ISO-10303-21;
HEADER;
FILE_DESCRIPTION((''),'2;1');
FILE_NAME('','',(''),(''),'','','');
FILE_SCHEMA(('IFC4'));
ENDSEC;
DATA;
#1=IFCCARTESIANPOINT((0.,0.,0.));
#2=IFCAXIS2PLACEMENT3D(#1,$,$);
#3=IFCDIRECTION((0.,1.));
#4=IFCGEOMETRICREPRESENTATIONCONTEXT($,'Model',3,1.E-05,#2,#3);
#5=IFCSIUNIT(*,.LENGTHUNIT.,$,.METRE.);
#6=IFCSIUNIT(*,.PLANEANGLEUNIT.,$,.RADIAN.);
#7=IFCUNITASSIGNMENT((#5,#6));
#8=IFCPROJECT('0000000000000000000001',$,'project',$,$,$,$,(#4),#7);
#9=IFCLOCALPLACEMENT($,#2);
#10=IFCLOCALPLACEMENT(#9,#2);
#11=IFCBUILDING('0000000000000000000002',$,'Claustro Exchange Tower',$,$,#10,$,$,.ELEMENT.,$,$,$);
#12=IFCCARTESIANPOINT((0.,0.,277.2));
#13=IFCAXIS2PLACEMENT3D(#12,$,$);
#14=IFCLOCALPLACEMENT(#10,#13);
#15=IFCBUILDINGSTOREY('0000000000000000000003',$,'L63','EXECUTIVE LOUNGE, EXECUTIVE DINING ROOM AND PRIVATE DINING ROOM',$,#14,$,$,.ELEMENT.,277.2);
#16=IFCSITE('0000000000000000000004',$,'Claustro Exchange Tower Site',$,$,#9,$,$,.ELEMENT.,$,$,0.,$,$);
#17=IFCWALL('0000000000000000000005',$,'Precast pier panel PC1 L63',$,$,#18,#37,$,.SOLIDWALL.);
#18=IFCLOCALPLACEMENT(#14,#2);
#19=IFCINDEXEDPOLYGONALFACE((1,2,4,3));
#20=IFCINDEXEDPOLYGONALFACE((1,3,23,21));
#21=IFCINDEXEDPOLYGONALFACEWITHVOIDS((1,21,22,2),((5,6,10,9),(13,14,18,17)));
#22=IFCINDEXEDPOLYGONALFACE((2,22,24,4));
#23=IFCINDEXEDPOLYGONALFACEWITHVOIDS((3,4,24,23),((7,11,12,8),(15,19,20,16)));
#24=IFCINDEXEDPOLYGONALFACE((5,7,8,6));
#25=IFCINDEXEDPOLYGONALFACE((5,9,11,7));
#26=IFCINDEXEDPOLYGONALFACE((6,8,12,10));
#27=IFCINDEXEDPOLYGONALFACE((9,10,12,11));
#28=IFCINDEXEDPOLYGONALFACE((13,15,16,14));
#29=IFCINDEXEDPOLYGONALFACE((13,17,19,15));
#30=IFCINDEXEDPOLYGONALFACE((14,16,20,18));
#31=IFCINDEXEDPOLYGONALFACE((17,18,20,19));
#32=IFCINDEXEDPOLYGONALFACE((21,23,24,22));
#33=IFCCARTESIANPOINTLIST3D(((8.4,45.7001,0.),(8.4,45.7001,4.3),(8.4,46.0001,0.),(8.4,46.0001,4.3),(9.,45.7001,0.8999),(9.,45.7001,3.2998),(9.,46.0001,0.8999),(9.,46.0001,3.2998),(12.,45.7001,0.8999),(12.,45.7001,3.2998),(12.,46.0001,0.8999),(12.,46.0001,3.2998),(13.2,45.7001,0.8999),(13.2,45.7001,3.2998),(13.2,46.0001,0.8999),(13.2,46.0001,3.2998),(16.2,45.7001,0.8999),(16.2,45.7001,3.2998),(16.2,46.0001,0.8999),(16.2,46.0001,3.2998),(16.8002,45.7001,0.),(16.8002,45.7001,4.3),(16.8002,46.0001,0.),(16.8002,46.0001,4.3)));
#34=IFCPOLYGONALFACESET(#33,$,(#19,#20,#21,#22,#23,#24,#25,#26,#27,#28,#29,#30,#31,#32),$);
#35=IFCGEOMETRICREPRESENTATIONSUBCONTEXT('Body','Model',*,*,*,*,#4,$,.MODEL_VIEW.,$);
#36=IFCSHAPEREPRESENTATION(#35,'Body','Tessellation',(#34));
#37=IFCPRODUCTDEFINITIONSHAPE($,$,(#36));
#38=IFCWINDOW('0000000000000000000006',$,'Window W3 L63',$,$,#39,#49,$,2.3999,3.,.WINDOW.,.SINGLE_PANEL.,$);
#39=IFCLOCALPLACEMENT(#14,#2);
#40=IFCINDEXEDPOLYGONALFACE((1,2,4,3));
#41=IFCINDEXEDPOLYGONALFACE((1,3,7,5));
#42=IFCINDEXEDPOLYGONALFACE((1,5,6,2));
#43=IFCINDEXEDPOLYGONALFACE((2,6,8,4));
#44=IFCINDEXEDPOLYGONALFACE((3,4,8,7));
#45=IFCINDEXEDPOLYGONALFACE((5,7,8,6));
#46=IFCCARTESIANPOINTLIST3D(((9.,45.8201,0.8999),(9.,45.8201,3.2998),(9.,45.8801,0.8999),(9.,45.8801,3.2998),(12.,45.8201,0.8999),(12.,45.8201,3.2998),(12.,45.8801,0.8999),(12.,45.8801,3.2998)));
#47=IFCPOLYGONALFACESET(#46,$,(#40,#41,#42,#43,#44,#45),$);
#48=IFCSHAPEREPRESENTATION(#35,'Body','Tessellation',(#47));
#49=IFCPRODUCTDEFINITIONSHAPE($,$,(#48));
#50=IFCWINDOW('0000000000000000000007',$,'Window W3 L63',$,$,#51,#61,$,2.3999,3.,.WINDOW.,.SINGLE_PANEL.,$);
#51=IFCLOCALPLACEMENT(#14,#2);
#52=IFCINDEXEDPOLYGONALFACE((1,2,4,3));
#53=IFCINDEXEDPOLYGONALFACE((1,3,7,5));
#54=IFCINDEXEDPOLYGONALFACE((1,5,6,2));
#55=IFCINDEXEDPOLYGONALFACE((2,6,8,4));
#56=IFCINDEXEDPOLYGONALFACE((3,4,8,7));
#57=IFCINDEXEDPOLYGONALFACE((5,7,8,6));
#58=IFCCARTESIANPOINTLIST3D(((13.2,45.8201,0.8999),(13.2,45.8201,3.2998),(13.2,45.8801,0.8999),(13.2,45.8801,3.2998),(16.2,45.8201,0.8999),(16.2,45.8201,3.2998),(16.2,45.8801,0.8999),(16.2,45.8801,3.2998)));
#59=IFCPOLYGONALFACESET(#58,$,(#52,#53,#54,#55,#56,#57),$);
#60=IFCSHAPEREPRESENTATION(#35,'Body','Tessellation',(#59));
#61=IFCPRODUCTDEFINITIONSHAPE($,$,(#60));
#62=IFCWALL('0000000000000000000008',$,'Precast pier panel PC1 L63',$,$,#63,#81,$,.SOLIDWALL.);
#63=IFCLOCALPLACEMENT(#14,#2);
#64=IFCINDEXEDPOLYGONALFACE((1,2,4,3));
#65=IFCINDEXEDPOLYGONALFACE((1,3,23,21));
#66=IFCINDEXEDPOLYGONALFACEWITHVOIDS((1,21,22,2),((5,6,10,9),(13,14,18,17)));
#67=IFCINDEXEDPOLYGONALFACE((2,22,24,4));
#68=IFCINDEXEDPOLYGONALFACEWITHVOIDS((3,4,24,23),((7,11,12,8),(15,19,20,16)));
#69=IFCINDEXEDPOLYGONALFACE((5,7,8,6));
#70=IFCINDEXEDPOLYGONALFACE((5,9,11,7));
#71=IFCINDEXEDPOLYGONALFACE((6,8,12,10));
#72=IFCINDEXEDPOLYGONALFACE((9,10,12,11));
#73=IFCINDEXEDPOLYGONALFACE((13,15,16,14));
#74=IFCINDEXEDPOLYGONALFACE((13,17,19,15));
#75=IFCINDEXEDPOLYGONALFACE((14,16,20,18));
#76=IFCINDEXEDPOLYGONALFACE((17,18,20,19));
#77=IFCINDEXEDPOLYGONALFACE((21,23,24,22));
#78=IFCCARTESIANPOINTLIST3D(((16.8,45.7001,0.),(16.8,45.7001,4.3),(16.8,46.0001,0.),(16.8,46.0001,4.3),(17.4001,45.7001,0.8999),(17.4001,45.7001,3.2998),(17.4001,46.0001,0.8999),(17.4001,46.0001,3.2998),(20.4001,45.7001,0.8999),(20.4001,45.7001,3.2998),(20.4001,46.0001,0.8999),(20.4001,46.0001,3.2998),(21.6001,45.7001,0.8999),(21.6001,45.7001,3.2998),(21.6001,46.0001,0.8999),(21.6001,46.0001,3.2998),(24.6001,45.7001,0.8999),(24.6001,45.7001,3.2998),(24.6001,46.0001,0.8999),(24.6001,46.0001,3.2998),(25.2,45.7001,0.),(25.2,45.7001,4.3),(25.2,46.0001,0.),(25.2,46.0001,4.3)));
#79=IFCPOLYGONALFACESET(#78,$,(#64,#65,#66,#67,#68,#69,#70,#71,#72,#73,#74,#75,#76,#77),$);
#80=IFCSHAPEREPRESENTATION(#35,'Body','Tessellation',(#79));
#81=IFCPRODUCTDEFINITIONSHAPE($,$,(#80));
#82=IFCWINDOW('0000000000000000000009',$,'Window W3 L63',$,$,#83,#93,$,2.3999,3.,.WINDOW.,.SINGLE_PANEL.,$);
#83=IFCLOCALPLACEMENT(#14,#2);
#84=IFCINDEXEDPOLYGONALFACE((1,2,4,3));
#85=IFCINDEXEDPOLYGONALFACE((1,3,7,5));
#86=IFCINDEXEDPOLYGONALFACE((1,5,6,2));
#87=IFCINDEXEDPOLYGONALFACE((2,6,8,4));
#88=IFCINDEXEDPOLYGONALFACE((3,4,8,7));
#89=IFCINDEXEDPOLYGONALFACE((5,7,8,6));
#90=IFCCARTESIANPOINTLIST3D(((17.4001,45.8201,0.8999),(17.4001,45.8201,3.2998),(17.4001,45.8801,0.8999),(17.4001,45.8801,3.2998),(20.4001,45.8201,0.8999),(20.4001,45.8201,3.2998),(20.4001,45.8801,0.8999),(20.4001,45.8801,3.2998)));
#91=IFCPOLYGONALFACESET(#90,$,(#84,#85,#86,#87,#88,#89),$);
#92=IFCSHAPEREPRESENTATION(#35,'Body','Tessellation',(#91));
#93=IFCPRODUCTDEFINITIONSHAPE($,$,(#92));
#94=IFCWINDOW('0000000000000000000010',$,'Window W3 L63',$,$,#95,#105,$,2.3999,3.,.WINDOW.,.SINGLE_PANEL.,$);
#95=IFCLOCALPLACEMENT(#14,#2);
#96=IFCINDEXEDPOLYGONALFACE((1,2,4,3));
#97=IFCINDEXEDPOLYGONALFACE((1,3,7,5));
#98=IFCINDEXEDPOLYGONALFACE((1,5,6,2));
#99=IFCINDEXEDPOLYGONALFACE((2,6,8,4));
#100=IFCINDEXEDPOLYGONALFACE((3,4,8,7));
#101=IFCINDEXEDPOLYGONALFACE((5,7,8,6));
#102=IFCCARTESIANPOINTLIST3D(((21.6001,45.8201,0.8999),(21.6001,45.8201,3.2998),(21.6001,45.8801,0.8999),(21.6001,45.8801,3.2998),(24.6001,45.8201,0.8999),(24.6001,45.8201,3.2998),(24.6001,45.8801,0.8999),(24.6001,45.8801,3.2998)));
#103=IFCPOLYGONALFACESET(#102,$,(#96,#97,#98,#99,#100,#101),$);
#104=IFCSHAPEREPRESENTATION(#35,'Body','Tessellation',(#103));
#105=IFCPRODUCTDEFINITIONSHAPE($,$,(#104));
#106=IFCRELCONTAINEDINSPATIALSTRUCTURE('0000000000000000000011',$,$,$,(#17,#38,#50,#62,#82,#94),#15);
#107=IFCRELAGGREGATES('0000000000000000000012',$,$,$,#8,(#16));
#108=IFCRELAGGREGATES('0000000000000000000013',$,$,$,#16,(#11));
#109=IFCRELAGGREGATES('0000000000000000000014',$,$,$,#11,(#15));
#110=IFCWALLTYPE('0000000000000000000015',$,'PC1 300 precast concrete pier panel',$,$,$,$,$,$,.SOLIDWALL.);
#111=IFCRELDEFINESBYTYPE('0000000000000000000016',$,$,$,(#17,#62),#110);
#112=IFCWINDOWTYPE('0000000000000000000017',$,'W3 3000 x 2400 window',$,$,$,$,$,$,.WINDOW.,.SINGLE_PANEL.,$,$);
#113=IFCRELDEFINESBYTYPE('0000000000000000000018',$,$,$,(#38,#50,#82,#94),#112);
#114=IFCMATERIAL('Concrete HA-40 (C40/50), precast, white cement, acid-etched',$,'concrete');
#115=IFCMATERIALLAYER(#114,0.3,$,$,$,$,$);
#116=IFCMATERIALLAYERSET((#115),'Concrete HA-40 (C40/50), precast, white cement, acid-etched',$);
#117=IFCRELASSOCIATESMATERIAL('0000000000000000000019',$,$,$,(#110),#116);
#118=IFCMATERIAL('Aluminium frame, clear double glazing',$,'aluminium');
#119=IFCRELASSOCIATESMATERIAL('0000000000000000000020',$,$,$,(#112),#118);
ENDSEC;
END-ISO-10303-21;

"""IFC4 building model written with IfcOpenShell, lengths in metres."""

from ifc_helpers import new_model, si_unit, direction, frame, frame_2d, origin, place, context, subcontext, project, spatial, rectangle, extrude, material, layer, layer_set, type_object, element, fill, save


model = new_model("IFC4")

# Units and contexts
model_context = context("Model", 3, precision=1e-05, world=origin(), true_north=direction((0.0, 1.0)))
body_context = subcontext(model_context, "Body", "Model", "MODEL_VIEW")
ifc_project = project(units=[si_unit("LENGTHUNIT", "METRE"), si_unit("PLANEANGLEUNIT", "RADIAN")], contexts=[model_context])

# Site, building, storey
site_placement = place(None, origin())
site = spatial("IfcSite", under=ifc_project, at=site_placement, Name="Claustro Exchange Tower Site", CompositionType="ELEMENT", RefElevation=0.0)
building_placement = place(site_placement, origin())
building = spatial("IfcBuilding", under=site, at=building_placement, Name="Claustro Exchange Tower", CompositionType="ELEMENT")
storey_placement = place(building_placement, frame((0.0, 0.0, 277.2)))
storey = spatial("IfcBuildingStorey", under=building, at=storey_placement, Name="L63", Description="EXECUTIVE LOUNGE, EXECUTIVE DINING ROOM AND PRIVATE DINING ROOM", CompositionType="ELEMENT", Elevation=277.2)

# Walls, openings, windows
ifc_material_1 = material(Name="Concrete HA-40 (C40/50), precast, white cement, acid-etched", Category="concrete")
ifc_layer_1 = layer(ifc_material_1, 0.3)
ifc_layer_set_1 = layer_set([ifc_layer_1], Name="Concrete HA-40 (C40/50), precast, white cement, acid-etched")
wall_type_1 = type_object("IfcWallType", Name="PC1 300 precast concrete pier panel", PredefinedType="SOLIDWALL", material=ifc_layer_set_1)
wall_1_placement = place(storey_placement, frame((8.3999, 45.8501, 0.0), z_axis=(0.0, 0.0, 1.0), x_axis=(1.0, 0.0, 0.0)))
wall_1 = element("IfcWall", 1, at=wall_1_placement, inside=storey, type_object=wall_type_1, Name="Precast pier panel PC1 L63", PredefinedType="SOLIDWALL", context=body_context, shape_type="SweptSolid", body=[
    extrude(rectangle(XDim=8.4001, YDim=0.3, at=frame_2d((4.2002, 0.0))), origin(), (0.0, 0.0, 1.0), 4.3),
])
opening_1_placement = place(wall_1_placement, frame((0.6001, 0.0, 0.8999)))
opening_1 = element("IfcOpeningElement", 2, at=opening_1_placement, cuts=wall_1, PredefinedType="OPENING", context=body_context, shape_type="SweptSolid", body=[
    extrude(rectangle(XDim=3.0, YDim=2.3999, at=frame_2d((1.5, 1.2))), frame((0.0, 0.1599, 0.0), z_axis=(0.0, -1.0, 0.0), x_axis=(1.0, 0.0, 0.0)), (0.0, 0.0, 1.0), 0.3201),
])
opening_2_placement = place(wall_1_placement, frame((4.8, 0.0, 0.8999)))
opening_2 = element("IfcOpeningElement", 3, at=opening_2_placement, cuts=wall_1, PredefinedType="OPENING", context=body_context, shape_type="SweptSolid", body=[
    extrude(rectangle(XDim=3.0, YDim=2.3999, at=frame_2d((1.5, 1.2))), frame((0.0, 0.1599, 0.0), z_axis=(0.0, -1.0, 0.0), x_axis=(1.0, 0.0, 0.0)), (0.0, 0.0, 1.0), 0.3201),
])
ifc_material_2 = material(Name="Aluminium frame, clear double glazing", Category="aluminium")
window_type = type_object("IfcWindowType", Name="W3 3000 x 2400 window", PartitioningType="SINGLE_PANEL", PredefinedType="WINDOW", material=ifc_material_2)
window_1_placement = place(opening_1_placement, origin())
window_1 = element("IfcWindow", 4, at=window_1_placement, inside=storey, type_object=window_type, Name="Window W3 L63", OverallHeight=2.3999, OverallWidth=3.0, PartitioningType="SINGLE_PANEL", PredefinedType="WINDOW", context=body_context, shape_type="SweptSolid", body=[
    extrude(rectangle(XDim=3.0, YDim=2.3999, at=frame_2d((1.5, 1.2))), frame((0.0, 0.03, 0.0), z_axis=(0.0, -1.0, 0.0), x_axis=(1.0, 0.0, 0.0)), (0.0, 0.0, 1.0), 0.0601),
])
fill(opening_1, window_1)
window_2_placement = place(opening_2_placement, origin())
window_2 = element("IfcWindow", 5, at=window_2_placement, inside=storey, type_object=window_type, Name="Window W3 L63", OverallHeight=2.3999, OverallWidth=3.0, PartitioningType="SINGLE_PANEL", PredefinedType="WINDOW", context=body_context, shape_type="SweptSolid", body=[
    extrude(rectangle(XDim=3.0, YDim=2.3999, at=frame_2d((1.5, 1.2))), frame((0.0, 0.03, 0.0), z_axis=(0.0, -1.0, 0.0), x_axis=(1.0, 0.0, 0.0)), (0.0, 0.0, 1.0), 0.0601),
])
fill(opening_2, window_2)
wall_2_placement = place(storey_placement, frame((16.8, 45.8501, 0.0), z_axis=(0.0, 0.0, 1.0), x_axis=(1.0, 0.0, 0.0)))
wall_2 = element("IfcWall", 6, at=wall_2_placement, inside=storey, type_object=wall_type_1, Name="Precast pier panel PC1 L63", PredefinedType="SOLIDWALL", context=body_context, shape_type="SweptSolid", body=[
    extrude(rectangle(XDim=8.3999, YDim=0.3, at=frame_2d((4.2, 0.0))), origin(), (0.0, 0.0, 1.0), 4.3),
])
opening_3_placement = place(wall_2_placement, frame((0.6001, 0.0, 0.8999)))
opening_3 = element("IfcOpeningElement", 7, at=opening_3_placement, cuts=wall_2, PredefinedType="OPENING", context=body_context, shape_type="SweptSolid", body=[
    extrude(rectangle(XDim=3.0, YDim=2.3999, at=frame_2d((1.5, 1.2))), frame((0.0, 0.1599, 0.0), z_axis=(0.0, -1.0, 0.0), x_axis=(1.0, 0.0, 0.0)), (0.0, 0.0, 1.0), 0.3201),
])
opening_4_placement = place(wall_2_placement, frame((4.8, 0.0, 0.8999)))
opening_4 = element("IfcOpeningElement", 8, at=opening_4_placement, cuts=wall_2, PredefinedType="OPENING", context=body_context, shape_type="SweptSolid", body=[
    extrude(rectangle(XDim=3.0, YDim=2.3999, at=frame_2d((1.5, 1.2))), frame((0.0, 0.1599, 0.0), z_axis=(0.0, -1.0, 0.0), x_axis=(1.0, 0.0, 0.0)), (0.0, 0.0, 1.0), 0.3201),
])
window_3_placement = place(opening_3_placement, origin())
window_3 = element("IfcWindow", 9, at=window_3_placement, inside=storey, type_object=window_type, Name="Window W3 L63", OverallHeight=2.3999, OverallWidth=3.0, PartitioningType="SINGLE_PANEL", PredefinedType="WINDOW", context=body_context, shape_type="SweptSolid", body=[
    extrude(rectangle(XDim=3.0, YDim=2.3999, at=frame_2d((1.5, 1.2))), frame((0.0, 0.03, 0.0), z_axis=(0.0, -1.0, 0.0), x_axis=(1.0, 0.0, 0.0)), (0.0, 0.0, 1.0), 0.0601),
])
fill(opening_3, window_3)
window_4_placement = place(opening_4_placement, origin())
window_4 = element("IfcWindow", 10, at=window_4_placement, inside=storey, type_object=window_type, Name="Window W3 L63", OverallHeight=2.3999, OverallWidth=3.0, PartitioningType="SINGLE_PANEL", PredefinedType="WINDOW", context=body_context, shape_type="SweptSolid", body=[
    extrude(rectangle(XDim=3.0, YDim=2.3999, at=frame_2d((1.5, 1.2))), frame((0.0, 0.03, 0.0), z_axis=(0.0, -1.0, 0.0), x_axis=(1.0, 0.0, 0.0)), (0.0, 0.0, 1.0), 0.0601),
])
fill(opening_4, window_4)

save(model, "model.ifc")
